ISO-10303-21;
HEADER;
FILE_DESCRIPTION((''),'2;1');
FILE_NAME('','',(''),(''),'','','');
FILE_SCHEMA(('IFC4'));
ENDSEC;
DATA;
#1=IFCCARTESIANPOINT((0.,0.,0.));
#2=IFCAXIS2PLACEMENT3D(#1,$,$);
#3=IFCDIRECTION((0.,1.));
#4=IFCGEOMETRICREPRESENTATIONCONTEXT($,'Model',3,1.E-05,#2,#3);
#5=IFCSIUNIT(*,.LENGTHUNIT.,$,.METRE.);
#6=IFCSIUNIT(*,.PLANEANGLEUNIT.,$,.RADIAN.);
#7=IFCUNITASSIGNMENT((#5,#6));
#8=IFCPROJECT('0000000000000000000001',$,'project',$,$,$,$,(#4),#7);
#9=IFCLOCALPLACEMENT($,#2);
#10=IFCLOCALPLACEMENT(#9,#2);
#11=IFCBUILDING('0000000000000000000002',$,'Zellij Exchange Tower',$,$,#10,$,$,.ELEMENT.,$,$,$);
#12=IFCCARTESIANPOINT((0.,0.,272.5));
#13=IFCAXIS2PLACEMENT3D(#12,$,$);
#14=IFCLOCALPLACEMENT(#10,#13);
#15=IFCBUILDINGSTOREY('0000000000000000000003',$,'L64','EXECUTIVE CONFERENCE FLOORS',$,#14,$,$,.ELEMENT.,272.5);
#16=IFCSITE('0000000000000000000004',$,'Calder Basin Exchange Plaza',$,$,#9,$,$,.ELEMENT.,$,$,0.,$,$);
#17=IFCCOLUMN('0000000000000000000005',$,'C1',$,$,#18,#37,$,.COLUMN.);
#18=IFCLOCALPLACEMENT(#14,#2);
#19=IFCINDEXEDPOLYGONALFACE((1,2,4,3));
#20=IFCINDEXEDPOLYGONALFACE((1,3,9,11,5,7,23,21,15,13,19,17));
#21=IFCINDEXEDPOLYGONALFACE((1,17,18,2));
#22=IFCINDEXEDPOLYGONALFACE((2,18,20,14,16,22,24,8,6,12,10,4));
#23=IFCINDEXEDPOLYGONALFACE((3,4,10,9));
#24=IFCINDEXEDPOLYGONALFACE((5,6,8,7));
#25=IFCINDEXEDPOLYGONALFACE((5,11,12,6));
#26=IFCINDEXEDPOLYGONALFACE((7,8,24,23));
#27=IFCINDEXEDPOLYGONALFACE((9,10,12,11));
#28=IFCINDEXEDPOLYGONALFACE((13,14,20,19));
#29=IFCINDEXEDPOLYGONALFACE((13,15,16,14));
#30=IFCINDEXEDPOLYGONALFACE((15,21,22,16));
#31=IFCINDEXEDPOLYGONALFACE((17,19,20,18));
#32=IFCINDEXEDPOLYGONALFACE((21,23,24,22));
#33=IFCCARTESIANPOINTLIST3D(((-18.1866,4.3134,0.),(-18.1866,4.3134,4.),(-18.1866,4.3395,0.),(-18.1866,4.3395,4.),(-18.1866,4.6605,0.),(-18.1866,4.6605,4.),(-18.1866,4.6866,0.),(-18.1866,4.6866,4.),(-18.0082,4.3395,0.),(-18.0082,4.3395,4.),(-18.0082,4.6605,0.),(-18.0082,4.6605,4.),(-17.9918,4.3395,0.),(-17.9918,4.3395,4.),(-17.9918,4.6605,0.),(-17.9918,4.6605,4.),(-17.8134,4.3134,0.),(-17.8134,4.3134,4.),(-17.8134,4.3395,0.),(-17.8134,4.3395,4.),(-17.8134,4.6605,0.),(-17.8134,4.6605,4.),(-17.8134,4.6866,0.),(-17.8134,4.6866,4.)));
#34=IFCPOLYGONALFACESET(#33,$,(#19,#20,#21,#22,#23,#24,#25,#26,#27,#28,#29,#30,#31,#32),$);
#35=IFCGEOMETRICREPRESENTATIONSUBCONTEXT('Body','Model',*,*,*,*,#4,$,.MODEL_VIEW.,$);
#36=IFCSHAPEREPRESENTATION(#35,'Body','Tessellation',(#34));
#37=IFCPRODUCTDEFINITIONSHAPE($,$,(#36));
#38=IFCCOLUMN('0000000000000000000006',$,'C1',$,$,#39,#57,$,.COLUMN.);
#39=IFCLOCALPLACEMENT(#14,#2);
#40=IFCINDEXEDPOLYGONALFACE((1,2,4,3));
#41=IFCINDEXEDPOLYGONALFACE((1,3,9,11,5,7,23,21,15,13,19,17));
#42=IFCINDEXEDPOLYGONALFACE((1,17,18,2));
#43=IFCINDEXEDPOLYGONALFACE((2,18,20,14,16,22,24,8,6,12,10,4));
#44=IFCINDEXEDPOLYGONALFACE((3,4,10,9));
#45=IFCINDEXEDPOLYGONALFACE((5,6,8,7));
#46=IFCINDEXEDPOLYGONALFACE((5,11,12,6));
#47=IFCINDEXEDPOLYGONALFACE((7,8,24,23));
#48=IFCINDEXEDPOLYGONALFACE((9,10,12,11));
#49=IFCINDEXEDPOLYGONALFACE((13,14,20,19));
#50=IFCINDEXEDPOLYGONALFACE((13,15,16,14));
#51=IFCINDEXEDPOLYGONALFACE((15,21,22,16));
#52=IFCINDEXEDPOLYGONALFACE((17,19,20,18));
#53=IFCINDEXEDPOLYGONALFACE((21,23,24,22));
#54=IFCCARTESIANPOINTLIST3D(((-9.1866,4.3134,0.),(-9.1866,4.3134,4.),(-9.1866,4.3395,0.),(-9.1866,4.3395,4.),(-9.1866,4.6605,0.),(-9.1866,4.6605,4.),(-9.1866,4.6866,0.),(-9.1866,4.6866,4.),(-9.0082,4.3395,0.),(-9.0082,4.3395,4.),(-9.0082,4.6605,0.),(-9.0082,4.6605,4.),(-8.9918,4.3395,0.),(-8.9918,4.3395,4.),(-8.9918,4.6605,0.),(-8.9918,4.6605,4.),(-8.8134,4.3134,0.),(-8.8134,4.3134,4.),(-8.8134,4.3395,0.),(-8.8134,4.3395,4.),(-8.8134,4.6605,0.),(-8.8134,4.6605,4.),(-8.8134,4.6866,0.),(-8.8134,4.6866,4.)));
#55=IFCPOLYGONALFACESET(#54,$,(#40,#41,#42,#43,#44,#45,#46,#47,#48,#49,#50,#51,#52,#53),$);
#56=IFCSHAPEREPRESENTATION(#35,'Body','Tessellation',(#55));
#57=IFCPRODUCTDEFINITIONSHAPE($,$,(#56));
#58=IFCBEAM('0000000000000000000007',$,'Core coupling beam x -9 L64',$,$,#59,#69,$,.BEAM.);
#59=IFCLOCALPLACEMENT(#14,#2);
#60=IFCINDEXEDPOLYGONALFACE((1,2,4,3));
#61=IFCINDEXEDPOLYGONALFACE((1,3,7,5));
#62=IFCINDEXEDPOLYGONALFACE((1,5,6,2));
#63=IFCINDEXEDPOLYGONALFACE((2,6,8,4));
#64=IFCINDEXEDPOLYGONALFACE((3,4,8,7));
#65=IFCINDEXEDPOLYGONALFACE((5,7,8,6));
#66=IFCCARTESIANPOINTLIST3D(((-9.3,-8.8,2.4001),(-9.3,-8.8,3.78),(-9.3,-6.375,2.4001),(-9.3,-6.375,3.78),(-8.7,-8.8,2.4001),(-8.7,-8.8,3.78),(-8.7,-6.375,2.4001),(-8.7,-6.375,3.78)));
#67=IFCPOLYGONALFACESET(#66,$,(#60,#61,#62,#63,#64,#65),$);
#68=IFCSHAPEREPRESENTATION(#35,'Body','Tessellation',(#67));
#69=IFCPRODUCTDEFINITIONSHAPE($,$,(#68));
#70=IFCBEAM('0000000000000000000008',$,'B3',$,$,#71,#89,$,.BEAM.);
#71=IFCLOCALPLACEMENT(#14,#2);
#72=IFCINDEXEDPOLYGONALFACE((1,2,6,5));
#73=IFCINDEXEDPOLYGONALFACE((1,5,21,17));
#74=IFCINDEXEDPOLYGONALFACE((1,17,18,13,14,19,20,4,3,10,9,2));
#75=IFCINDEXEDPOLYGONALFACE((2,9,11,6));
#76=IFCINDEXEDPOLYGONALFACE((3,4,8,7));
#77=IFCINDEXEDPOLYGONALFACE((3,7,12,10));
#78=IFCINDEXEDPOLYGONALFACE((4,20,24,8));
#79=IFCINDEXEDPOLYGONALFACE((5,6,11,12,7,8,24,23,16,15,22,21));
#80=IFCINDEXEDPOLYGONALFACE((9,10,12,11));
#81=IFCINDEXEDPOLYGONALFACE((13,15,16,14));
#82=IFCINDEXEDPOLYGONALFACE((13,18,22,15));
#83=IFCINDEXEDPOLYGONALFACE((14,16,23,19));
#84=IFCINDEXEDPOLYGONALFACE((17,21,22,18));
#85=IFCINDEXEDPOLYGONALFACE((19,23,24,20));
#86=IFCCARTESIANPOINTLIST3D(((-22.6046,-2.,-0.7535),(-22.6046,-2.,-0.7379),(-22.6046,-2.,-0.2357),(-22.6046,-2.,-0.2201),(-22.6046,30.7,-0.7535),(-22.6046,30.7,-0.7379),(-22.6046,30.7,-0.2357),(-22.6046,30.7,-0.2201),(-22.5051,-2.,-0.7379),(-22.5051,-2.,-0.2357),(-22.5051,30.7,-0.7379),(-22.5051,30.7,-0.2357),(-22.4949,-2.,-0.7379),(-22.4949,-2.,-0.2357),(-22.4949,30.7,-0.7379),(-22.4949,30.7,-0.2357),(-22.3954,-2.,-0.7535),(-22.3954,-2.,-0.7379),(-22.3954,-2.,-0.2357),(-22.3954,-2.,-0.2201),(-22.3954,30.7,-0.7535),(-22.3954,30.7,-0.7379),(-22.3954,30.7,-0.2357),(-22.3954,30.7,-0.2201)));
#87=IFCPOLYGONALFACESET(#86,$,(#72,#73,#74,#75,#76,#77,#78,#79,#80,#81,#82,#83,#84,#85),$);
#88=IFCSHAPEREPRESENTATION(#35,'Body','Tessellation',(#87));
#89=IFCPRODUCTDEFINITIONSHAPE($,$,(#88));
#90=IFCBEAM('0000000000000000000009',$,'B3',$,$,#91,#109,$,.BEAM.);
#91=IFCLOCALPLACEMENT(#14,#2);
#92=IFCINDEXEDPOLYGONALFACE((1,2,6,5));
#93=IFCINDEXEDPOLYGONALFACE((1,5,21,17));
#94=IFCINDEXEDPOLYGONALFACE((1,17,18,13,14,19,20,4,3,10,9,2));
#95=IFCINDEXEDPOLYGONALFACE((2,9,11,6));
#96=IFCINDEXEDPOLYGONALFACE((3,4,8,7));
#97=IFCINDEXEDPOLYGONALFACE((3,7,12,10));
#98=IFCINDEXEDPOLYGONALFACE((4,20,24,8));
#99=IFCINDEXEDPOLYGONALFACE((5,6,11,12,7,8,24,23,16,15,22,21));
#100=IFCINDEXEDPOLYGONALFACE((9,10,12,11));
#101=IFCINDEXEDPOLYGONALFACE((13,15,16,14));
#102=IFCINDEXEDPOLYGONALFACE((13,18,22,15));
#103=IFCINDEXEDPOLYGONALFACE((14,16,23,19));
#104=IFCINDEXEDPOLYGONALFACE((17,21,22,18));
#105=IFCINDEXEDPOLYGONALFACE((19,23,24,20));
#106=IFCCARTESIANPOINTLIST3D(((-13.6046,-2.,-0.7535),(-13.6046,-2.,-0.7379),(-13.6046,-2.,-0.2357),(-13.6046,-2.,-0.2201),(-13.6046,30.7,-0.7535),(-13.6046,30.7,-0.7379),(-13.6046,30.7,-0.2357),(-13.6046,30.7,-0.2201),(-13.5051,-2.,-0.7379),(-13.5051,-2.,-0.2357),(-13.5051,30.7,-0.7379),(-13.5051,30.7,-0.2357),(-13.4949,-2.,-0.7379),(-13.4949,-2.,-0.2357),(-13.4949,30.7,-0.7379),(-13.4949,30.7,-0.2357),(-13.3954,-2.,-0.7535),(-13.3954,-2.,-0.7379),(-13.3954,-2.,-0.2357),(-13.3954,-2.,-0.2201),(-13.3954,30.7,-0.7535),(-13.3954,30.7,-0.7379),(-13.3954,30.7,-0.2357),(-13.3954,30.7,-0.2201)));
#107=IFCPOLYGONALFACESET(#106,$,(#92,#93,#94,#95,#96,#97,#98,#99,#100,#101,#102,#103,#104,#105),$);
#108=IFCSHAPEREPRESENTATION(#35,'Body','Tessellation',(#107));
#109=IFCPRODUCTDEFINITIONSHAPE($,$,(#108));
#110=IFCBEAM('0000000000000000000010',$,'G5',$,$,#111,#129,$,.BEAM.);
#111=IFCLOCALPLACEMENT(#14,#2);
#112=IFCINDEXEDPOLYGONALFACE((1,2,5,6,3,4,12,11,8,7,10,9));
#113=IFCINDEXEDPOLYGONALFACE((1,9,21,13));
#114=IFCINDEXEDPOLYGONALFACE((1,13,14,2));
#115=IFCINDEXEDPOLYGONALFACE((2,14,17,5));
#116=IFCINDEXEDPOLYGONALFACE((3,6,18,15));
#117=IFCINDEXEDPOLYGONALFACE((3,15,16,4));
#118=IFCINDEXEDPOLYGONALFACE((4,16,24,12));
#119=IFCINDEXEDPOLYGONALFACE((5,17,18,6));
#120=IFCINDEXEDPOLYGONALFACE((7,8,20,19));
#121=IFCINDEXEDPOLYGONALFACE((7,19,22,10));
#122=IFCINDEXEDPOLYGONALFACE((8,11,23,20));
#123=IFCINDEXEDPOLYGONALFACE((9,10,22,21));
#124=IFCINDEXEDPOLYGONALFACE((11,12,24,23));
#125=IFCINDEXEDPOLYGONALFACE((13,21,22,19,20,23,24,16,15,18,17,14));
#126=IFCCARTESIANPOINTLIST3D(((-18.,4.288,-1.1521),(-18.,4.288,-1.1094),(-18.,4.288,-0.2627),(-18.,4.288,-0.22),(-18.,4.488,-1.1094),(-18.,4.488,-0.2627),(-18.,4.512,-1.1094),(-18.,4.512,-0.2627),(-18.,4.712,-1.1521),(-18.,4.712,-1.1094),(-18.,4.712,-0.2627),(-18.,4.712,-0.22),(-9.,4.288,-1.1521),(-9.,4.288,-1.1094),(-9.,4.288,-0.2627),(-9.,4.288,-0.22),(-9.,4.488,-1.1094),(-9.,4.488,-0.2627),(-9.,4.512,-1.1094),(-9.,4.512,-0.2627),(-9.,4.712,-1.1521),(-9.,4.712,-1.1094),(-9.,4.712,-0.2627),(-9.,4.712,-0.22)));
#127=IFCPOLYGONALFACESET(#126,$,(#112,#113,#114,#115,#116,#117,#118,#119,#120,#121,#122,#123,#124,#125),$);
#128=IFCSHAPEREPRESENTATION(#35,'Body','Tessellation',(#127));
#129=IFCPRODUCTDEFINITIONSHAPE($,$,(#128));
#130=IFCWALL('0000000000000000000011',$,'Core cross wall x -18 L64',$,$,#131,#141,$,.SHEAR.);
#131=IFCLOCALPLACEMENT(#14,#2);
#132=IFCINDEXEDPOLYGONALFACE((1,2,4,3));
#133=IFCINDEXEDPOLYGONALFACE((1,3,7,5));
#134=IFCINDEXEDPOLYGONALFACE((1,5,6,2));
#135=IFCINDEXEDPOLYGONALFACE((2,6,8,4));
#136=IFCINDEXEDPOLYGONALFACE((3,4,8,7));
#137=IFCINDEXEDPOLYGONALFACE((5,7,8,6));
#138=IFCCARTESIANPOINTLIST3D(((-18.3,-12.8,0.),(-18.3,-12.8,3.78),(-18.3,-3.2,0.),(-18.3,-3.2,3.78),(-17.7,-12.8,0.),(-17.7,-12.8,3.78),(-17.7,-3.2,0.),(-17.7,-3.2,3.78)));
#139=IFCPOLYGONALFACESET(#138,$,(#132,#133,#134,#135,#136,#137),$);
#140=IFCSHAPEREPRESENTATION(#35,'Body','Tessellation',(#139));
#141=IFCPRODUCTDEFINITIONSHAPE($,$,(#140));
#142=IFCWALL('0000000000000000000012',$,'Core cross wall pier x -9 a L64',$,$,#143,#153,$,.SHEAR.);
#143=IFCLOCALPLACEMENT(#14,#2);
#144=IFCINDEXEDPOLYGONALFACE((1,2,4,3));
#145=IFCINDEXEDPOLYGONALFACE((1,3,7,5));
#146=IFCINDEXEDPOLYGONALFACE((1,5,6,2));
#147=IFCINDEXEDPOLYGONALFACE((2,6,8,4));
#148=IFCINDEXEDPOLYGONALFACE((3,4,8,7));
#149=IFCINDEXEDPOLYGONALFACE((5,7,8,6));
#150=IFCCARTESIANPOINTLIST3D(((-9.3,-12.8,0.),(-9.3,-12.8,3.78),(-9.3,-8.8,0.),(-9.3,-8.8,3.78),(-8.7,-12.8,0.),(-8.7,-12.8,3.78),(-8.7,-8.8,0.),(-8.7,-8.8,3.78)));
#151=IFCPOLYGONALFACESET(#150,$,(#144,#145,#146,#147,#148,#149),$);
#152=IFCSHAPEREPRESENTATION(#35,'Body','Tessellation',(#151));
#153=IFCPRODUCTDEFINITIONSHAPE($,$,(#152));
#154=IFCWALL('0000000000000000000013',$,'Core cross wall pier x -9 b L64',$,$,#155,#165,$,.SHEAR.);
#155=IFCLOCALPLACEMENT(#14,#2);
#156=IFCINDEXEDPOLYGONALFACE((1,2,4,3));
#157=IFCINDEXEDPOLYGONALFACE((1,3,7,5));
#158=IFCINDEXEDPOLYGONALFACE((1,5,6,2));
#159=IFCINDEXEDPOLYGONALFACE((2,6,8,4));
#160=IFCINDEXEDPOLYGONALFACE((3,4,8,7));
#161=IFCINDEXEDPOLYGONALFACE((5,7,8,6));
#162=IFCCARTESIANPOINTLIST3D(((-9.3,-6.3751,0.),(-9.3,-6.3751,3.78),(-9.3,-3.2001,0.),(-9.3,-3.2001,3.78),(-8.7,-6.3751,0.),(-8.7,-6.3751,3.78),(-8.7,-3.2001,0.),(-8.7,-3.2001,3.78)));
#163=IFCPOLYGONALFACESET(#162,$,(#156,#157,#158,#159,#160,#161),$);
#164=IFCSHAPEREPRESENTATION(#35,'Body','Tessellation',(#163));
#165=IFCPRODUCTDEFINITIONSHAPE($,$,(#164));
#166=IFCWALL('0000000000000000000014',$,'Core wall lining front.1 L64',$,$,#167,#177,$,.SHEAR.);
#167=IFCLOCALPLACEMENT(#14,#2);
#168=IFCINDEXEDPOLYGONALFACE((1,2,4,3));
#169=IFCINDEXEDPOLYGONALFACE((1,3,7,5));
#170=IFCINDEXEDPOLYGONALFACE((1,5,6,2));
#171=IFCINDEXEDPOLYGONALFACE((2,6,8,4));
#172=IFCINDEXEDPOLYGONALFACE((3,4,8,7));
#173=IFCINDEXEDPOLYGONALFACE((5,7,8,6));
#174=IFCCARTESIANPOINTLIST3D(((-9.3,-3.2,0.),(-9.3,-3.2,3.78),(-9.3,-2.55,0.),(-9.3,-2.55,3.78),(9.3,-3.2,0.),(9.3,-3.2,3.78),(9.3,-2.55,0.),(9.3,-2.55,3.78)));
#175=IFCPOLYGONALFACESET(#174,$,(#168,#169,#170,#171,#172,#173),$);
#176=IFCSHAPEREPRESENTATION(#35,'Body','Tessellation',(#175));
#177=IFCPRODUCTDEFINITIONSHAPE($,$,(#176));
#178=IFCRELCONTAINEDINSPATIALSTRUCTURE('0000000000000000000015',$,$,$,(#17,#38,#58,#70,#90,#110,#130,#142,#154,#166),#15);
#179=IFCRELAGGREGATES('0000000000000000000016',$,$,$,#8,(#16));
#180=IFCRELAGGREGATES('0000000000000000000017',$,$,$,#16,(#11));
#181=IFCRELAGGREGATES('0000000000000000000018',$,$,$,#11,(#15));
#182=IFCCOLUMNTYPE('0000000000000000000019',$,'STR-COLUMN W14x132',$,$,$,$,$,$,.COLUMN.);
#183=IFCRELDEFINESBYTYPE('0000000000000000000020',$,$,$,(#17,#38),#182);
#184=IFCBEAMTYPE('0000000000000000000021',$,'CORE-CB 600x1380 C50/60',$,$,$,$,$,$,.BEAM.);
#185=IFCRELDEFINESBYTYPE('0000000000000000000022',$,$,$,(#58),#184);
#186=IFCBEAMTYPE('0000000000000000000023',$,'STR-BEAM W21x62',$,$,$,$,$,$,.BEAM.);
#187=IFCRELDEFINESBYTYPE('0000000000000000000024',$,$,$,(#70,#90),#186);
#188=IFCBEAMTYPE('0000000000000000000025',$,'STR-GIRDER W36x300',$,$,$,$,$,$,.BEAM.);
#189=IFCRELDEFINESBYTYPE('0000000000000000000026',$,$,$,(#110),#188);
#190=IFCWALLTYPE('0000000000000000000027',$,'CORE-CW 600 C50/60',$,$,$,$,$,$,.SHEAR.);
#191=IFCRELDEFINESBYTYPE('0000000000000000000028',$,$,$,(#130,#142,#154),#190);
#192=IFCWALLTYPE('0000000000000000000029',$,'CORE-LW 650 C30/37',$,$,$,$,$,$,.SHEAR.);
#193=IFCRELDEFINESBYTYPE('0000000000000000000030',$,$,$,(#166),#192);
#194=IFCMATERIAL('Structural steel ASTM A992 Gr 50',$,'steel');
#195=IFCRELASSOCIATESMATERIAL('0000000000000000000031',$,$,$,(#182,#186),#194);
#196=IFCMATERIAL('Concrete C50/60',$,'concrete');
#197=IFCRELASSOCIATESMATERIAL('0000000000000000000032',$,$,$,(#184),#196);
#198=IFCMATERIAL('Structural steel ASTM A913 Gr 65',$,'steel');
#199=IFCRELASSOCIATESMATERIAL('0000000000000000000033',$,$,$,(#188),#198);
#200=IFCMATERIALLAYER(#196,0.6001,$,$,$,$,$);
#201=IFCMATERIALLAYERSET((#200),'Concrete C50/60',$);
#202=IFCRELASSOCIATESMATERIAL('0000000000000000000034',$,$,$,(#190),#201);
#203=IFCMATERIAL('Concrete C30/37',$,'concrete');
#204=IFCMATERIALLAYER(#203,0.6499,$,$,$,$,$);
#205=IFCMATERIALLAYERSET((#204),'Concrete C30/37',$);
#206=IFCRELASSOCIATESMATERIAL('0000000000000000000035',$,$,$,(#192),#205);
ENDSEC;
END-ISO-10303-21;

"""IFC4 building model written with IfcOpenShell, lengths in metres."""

from ifc_helpers import new_model, si_unit, direction, frame, frame_2d, origin, origin_2d, place, context, subcontext, project, spatial, rectangle, i_section, extrude, material, layer, layer_set, material_profile, profile_set, type_object, element, save


model = new_model("IFC4")

# Units and contexts
model_context = context("Model", 3, precision=1e-05, world=origin(), true_north=direction((0.0, 1.0)))
body_context = subcontext(model_context, "Body", "Model", "MODEL_VIEW")
ifc_project = project(units=[si_unit("LENGTHUNIT", "METRE"), si_unit("PLANEANGLEUNIT", "RADIAN")], contexts=[model_context])

# Site, building, storey
site_placement = place(None, origin())
site = spatial("IfcSite", under=ifc_project, at=site_placement, Name="Calder Basin Exchange Plaza", CompositionType="ELEMENT", RefElevation=0.0)
building_placement = place(site_placement, origin())
building = spatial("IfcBuilding", under=site, at=building_placement, Name="Zellij Exchange Tower", CompositionType="ELEMENT")
storey_placement = place(building_placement, frame((0.0, 0.0, 272.5)))
storey = spatial("IfcBuildingStorey", under=building, at=storey_placement, Name="L64", Description="EXECUTIVE CONFERENCE FLOORS", CompositionType="ELEMENT", Elevation=272.5)

# Columns
ifc_material_1 = material(Name="Structural steel ASTM A992 Gr 50", Category="steel")
ifc_material_profile_1 = material_profile(ifc_material_1, i_section(OverallWidth=0.3733, OverallDepth=0.3733, WebThickness=0.0164, FlangeThickness=0.0261, at=origin_2d()), Name="W14x132")
ifc_profile_set_1 = profile_set([ifc_material_profile_1], Name="Structural steel ASTM A992 Gr 50")
column_type = type_object("IfcColumnType", Name="STR-COLUMN W14x132", PredefinedType="COLUMN", material=ifc_profile_set_1)
for number, where, z_axis, x_axis, name in (
    (1, (-18.0, 4.5, 0.0), (0.0, 0.0, 1.0), (1.0, 0.0, 0.0), "C1"),
    (2, (-9.0, 4.5, 0.0), (0.0, 0.0, 1.0), (1.0, 0.0, 0.0), "C1"),
):
    element("IfcColumn", number, at=place(storey_placement, frame(where, z_axis=z_axis, x_axis=x_axis)), inside=storey, type_object=column_type, Name=name, PredefinedType="COLUMN", context=body_context, shape_type="SweptSolid", body=[
        extrude(i_section(OverallWidth=0.3733, OverallDepth=0.3733, WebThickness=0.0164, FlangeThickness=0.0261, at=origin_2d()), origin(), (0.0, 0.0, 1.0), 4.0),
    ])

# Beams
ifc_material_2 = material(Name="Concrete C50/60", Category="concrete")
ifc_material_profile_2 = material_profile(ifc_material_2, rectangle(XDim=0.6001, YDim=1.3799, at=origin_2d()), Name="CORE-CB 600x1380 C50/60")
ifc_profile_set_2 = profile_set([ifc_material_profile_2], Name="Concrete C50/60")
beam_type_1 = type_object("IfcBeamType", Name="CORE-CB 600x1380 C50/60", PredefinedType="BEAM", material=ifc_profile_set_2)
beam_1_placement = place(storey_placement, frame((-9.0, -8.8, 3.0901), z_axis=(0.0, 1.0, 0.0), x_axis=(-1.0, 0.0, 0.0)))
element("IfcBeam", 3, at=beam_1_placement, inside=storey, type_object=beam_type_1, Name="Core coupling beam x -9 L64", PredefinedType="BEAM", context=body_context, shape_type="SweptSolid", body=[
    extrude(rectangle(XDim=0.6001, YDim=1.3799, at=origin_2d()), origin(), (0.0, 0.0, 1.0), 2.425),
])
ifc_material_profile_3 = material_profile(ifc_material_1, i_section(OverallWidth=0.2092, OverallDepth=0.5334, WebThickness=0.0103, FlangeThickness=0.0156, at=origin_2d()), Name="W21x62")
ifc_profile_set_3 = profile_set([ifc_material_profile_3], Name="Structural steel ASTM A992 Gr 50")
beam_type_2 = type_object("IfcBeamType", Name="STR-BEAM W21x62", PredefinedType="BEAM", material=ifc_profile_set_3)
for number, where, z_axis, x_axis, name in (
    (4, (-22.5, -2.0, -0.4868), (0.0, 1.0, 0.0), (-1.0, 0.0, 0.0), "B3"),
    (5, (-13.5, -2.0, -0.4868), (0.0, 1.0, 0.0), (-1.0, 0.0, 0.0), "B3"),
):
    element("IfcBeam", number, at=place(storey_placement, frame(where, z_axis=z_axis, x_axis=x_axis)), inside=storey, type_object=beam_type_2, Name=name, PredefinedType="BEAM", context=body_context, shape_type="SweptSolid", body=[
        extrude(i_section(OverallWidth=0.2092, OverallDepth=0.5334, WebThickness=0.0103, FlangeThickness=0.0156, at=origin_2d()), origin(), (0.0, 0.0, 1.0), 32.7),
    ])
ifc_material_3 = material(Name="Structural steel ASTM A913 Gr 65", Category="steel")
ifc_material_profile_4 = material_profile(ifc_material_3, i_section(OverallWidth=0.4241, OverallDepth=0.9321, WebThickness=0.0239, FlangeThickness=0.0427, at=origin_2d()), Name="W36x300")
ifc_profile_set_4 = profile_set([ifc_material_profile_4], Name="Structural steel ASTM A913 Gr 65")
beam_type_3 = type_object("IfcBeamType", Name="STR-GIRDER W36x300", PredefinedType="BEAM", material=ifc_profile_set_4)
beam_2_placement = place(storey_placement, frame((-18.0, 4.5, -0.686), z_axis=(1.0, 0.0, 0.0), x_axis=(0.0, 1.0, 0.0)))
element("IfcBeam", 6, at=beam_2_placement, inside=storey, type_object=beam_type_3, Name="G5", PredefinedType="BEAM", context=body_context, shape_type="SweptSolid", body=[
    extrude(i_section(OverallWidth=0.4241, OverallDepth=0.9321, WebThickness=0.0239, FlangeThickness=0.0427, at=origin_2d()), origin(), (0.0, 0.0, 1.0), 9.0),
])

# Walls
ifc_layer_1 = layer(ifc_material_2, 0.6001)
ifc_layer_set_1 = layer_set([ifc_layer_1], Name="Concrete C50/60")
wall_type_1 = type_object("IfcWallType", Name="CORE-CW 600 C50/60", PredefinedType="SHEAR", material=ifc_layer_set_1)
wall_1_placement = place(storey_placement, frame((-18.0, -12.8, 0.0), z_axis=(0.0, 0.0, 1.0), x_axis=(0.0, 1.0, 0.0)))
element("IfcWall", 7, at=wall_1_placement, inside=storey, type_object=wall_type_1, Name="Core cross wall x -18 L64", PredefinedType="SHEAR", context=body_context, shape_type="SweptSolid", body=[
    extrude(rectangle(XDim=9.6001, YDim=0.6001, at=frame_2d((4.8, 0.0))), origin(), (0.0, 0.0, 1.0), 3.78),
])
wall_2_placement = place(storey_placement, frame((-9.0, -12.8, 0.0), z_axis=(0.0, 0.0, 1.0), x_axis=(0.0, 1.0, 0.0)))
element("IfcWall", 8, at=wall_2_placement, inside=storey, type_object=wall_type_1, Name="Core cross wall pier x -9 a L64", PredefinedType="SHEAR", context=body_context, shape_type="SweptSolid", body=[
    extrude(rectangle(XDim=4.0, YDim=0.6001, at=frame_2d((2.0, 0.0))), origin(), (0.0, 0.0, 1.0), 3.78),
])
wall_3_placement = place(storey_placement, frame((-9.0, -6.375, 0.0), z_axis=(0.0, 0.0, 1.0), x_axis=(0.0, 1.0, 0.0)))
element("IfcWall", 9, at=wall_3_placement, inside=storey, type_object=wall_type_1, Name="Core cross wall pier x -9 b L64", PredefinedType="SHEAR", context=body_context, shape_type="SweptSolid", body=[
    extrude(rectangle(XDim=3.175, YDim=0.6001, at=frame_2d((1.5874, 0.0))), origin(), (0.0, 0.0, 1.0), 3.78),
])
ifc_material_4 = material(Name="Concrete C30/37", Category="concrete")
ifc_layer_2 = layer(ifc_material_4, 0.6499)
ifc_layer_set_2 = layer_set([ifc_layer_2], Name="Concrete C30/37")
wall_type_2 = type_object("IfcWallType", Name="CORE-LW 650 C30/37", PredefinedType="SHEAR", material=ifc_layer_set_2)
wall_4_placement = place(storey_placement, frame((-9.3, -2.875, 0.0), z_axis=(0.0, 0.0, 1.0), x_axis=(1.0, 0.0, 0.0)))
element("IfcWall", 10, at=wall_4_placement, inside=storey, type_object=wall_type_2, Name="Core wall lining front.1 L64", PredefinedType="SHEAR", context=body_context, shape_type="SweptSolid", body=[
    extrude(rectangle(XDim=18.6001, YDim=0.6499, at=frame_2d((9.3, 0.0))), origin(), (0.0, 0.0, 1.0), 3.78),
])

save(model, "model.ifc")
